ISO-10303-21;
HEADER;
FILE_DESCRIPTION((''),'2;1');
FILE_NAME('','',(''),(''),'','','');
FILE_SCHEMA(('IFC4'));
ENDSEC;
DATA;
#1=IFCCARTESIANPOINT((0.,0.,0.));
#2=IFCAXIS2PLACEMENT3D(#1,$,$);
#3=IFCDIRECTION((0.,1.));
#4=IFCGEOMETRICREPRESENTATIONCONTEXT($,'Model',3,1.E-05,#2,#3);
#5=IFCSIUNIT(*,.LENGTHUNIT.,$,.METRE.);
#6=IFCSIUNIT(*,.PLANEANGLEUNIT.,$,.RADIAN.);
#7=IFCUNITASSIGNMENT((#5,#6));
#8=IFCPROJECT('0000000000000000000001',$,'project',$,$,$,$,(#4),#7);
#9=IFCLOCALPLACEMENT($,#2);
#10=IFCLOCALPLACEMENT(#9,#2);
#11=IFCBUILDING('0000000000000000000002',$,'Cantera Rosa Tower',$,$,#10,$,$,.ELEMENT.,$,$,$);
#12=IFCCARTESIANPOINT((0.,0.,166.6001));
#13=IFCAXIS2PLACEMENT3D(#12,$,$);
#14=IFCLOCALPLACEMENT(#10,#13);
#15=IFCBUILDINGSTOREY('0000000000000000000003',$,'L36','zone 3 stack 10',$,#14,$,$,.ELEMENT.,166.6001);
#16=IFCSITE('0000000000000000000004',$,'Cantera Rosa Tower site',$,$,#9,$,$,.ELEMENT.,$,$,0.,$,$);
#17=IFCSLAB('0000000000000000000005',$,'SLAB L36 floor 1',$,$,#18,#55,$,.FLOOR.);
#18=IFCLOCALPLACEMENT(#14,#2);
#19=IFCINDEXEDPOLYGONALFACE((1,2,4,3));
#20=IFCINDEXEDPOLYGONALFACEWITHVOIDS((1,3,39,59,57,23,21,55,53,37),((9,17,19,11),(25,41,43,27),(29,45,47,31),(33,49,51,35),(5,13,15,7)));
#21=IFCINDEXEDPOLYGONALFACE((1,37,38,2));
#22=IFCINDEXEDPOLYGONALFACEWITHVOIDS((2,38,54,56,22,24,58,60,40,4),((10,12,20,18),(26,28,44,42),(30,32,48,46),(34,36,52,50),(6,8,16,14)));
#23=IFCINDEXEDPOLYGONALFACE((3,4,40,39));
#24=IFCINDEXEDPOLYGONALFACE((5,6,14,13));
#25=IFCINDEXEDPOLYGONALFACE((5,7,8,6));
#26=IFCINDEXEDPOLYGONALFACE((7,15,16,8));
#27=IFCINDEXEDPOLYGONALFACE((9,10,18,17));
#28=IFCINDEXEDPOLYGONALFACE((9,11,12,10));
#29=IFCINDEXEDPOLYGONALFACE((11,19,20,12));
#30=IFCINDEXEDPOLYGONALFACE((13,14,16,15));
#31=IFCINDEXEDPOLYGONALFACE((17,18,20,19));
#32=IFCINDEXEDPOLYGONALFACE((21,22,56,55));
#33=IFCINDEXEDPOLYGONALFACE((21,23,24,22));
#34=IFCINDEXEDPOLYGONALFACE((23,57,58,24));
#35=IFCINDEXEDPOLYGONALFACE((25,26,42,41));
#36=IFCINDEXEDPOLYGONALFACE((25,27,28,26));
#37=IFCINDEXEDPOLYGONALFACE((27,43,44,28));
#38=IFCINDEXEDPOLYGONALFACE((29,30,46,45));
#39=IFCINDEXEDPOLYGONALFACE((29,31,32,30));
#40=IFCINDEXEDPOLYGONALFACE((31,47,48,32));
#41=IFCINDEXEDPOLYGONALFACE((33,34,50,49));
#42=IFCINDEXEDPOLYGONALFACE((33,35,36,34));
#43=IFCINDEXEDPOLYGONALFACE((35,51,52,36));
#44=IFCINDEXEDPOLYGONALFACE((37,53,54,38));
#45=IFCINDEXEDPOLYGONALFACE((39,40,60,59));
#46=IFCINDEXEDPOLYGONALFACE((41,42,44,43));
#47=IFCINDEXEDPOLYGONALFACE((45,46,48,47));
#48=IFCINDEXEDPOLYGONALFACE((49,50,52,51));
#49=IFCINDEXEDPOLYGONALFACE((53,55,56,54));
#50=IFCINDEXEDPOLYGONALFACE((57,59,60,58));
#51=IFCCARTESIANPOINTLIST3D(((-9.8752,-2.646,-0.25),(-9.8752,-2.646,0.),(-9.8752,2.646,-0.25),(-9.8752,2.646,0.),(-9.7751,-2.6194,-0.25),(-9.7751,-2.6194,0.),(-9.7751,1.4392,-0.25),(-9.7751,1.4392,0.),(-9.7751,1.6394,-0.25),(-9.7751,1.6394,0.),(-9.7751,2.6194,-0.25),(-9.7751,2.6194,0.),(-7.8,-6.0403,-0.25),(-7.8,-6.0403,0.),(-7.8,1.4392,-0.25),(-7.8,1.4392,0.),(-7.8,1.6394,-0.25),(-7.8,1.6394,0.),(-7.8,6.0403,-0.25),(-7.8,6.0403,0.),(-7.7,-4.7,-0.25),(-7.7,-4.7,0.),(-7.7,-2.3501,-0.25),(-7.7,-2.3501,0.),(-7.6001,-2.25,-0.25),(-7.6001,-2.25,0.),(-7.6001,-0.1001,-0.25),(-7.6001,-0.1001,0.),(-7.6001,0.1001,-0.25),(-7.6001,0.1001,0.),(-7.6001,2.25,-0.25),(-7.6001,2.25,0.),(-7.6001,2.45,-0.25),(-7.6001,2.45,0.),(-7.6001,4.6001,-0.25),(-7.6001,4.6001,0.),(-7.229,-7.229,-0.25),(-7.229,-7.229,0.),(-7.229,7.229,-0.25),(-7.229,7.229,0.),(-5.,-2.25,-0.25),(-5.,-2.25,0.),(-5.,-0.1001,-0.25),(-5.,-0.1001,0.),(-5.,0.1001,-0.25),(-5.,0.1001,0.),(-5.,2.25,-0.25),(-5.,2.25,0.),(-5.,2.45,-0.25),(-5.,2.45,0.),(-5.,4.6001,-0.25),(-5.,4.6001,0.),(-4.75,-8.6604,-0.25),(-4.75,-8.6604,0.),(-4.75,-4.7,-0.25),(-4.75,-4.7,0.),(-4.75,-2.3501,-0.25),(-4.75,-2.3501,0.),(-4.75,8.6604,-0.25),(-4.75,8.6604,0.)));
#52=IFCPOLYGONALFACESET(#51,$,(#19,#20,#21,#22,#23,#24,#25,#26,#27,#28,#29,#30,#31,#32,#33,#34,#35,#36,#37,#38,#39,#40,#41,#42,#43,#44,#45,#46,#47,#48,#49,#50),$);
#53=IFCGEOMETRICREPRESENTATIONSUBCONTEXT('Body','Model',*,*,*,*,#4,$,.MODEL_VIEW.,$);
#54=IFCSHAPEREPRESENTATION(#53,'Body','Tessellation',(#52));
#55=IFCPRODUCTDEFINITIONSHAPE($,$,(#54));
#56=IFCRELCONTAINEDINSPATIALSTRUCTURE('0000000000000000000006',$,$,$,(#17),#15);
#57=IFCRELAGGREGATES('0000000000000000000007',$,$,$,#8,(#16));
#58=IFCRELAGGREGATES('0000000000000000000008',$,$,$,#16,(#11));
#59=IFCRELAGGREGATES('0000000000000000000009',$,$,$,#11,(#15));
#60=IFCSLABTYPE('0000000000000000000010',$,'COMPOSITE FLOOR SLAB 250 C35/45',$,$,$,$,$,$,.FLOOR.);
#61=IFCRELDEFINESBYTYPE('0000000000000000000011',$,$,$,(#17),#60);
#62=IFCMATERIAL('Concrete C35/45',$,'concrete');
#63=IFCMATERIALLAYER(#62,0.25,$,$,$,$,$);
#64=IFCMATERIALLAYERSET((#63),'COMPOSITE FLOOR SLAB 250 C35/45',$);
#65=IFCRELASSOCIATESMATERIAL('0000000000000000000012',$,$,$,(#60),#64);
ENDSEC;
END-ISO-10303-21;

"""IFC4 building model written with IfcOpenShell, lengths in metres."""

from ifc_helpers import new_model, si_unit, direction, frame, origin, place, context, subcontext, project, spatial, polyline, outline, extrude, material, layer, layer_set, type_object, element, save


model = new_model("IFC4")

# Units and contexts
model_context = context("Model", 3, precision=1e-05, world=origin(), true_north=direction((0.0, 1.0)))
body_context = subcontext(model_context, "Body", "Model", "MODEL_VIEW")
ifc_project = project(units=[si_unit("LENGTHUNIT", "METRE"), si_unit("PLANEANGLEUNIT", "RADIAN")], contexts=[model_context])

# Site, building, storey
site_placement = place(None, origin())
site = spatial("IfcSite", under=ifc_project, at=site_placement, Name="Cantera Rosa Tower site", CompositionType="ELEMENT", RefElevation=0.0)
building_placement = place(site_placement, origin())
building = spatial("IfcBuilding", under=site, at=building_placement, Name="Cantera Rosa Tower", CompositionType="ELEMENT")
storey_placement = place(building_placement, frame((0.0, 0.0, 166.6001)))
storey = spatial("IfcBuildingStorey", under=building, at=storey_placement, Name="L36", Description="zone 3 stack 10", CompositionType="ELEMENT", Elevation=166.6001)

# Slab
ifc_material_1 = material(Name="Concrete C35/45", Category="concrete")
ifc_layer_1 = layer(ifc_material_1, 0.25)
ifc_layer_set_1 = layer_set([ifc_layer_1], Name="COMPOSITE FLOOR SLAB 250 C35/45")
slab_type_1 = type_object("IfcSlabType", Name="COMPOSITE FLOOR SLAB 250 C35/45", PredefinedType="FLOOR", material=ifc_layer_set_1)
slab_1_placement = place(storey_placement, frame((0.0, 0.0, -0.25)))
element("IfcSlab", 1, at=slab_1_placement, inside=storey, type_object=slab_type_1, Name="SLAB L36 floor 1", PredefinedType="FLOOR", context=body_context, shape_type="SweptSolid", body=[
    extrude(outline(polyline([(-7.229, 7.229), (-4.75, 8.6604), (-4.75, -2.3501), (-7.7, -2.3501), (-7.7, -4.7), (-4.75, -4.7), (-4.75, -8.6604), (-7.229, -7.229), (-9.8752, -2.646), (-9.8752, 2.646), (-7.229, 7.229)]), holes=[polyline([(-7.8, 1.4392), (-9.7751, 1.4392), (-9.7751, -2.6194), (-7.8, -6.0403), (-7.8, 1.4392)]), polyline([(-7.6001, -0.1001), (-7.6001, -2.25), (-5.0, -2.25), (-5.0, -0.1001), (-7.6001, -0.1001)]), polyline([(-7.6001, 2.25), (-7.6001, 0.1001), (-5.0, 0.1001), (-5.0, 2.25), (-7.6001, 2.25)]), polyline([(-7.6001, 4.6001), (-7.6001, 2.45), (-5.0, 2.45), (-5.0, 4.6001), (-7.6001, 4.6001)]), polyline([(-7.8, 6.0403), (-9.7751, 2.6194), (-9.7751, 1.6394), (-7.8, 1.6394), (-7.8, 6.0403)])]), origin(), (0.0, 0.0, 1.0), 0.25),
])

save(model, "model.ifc")
